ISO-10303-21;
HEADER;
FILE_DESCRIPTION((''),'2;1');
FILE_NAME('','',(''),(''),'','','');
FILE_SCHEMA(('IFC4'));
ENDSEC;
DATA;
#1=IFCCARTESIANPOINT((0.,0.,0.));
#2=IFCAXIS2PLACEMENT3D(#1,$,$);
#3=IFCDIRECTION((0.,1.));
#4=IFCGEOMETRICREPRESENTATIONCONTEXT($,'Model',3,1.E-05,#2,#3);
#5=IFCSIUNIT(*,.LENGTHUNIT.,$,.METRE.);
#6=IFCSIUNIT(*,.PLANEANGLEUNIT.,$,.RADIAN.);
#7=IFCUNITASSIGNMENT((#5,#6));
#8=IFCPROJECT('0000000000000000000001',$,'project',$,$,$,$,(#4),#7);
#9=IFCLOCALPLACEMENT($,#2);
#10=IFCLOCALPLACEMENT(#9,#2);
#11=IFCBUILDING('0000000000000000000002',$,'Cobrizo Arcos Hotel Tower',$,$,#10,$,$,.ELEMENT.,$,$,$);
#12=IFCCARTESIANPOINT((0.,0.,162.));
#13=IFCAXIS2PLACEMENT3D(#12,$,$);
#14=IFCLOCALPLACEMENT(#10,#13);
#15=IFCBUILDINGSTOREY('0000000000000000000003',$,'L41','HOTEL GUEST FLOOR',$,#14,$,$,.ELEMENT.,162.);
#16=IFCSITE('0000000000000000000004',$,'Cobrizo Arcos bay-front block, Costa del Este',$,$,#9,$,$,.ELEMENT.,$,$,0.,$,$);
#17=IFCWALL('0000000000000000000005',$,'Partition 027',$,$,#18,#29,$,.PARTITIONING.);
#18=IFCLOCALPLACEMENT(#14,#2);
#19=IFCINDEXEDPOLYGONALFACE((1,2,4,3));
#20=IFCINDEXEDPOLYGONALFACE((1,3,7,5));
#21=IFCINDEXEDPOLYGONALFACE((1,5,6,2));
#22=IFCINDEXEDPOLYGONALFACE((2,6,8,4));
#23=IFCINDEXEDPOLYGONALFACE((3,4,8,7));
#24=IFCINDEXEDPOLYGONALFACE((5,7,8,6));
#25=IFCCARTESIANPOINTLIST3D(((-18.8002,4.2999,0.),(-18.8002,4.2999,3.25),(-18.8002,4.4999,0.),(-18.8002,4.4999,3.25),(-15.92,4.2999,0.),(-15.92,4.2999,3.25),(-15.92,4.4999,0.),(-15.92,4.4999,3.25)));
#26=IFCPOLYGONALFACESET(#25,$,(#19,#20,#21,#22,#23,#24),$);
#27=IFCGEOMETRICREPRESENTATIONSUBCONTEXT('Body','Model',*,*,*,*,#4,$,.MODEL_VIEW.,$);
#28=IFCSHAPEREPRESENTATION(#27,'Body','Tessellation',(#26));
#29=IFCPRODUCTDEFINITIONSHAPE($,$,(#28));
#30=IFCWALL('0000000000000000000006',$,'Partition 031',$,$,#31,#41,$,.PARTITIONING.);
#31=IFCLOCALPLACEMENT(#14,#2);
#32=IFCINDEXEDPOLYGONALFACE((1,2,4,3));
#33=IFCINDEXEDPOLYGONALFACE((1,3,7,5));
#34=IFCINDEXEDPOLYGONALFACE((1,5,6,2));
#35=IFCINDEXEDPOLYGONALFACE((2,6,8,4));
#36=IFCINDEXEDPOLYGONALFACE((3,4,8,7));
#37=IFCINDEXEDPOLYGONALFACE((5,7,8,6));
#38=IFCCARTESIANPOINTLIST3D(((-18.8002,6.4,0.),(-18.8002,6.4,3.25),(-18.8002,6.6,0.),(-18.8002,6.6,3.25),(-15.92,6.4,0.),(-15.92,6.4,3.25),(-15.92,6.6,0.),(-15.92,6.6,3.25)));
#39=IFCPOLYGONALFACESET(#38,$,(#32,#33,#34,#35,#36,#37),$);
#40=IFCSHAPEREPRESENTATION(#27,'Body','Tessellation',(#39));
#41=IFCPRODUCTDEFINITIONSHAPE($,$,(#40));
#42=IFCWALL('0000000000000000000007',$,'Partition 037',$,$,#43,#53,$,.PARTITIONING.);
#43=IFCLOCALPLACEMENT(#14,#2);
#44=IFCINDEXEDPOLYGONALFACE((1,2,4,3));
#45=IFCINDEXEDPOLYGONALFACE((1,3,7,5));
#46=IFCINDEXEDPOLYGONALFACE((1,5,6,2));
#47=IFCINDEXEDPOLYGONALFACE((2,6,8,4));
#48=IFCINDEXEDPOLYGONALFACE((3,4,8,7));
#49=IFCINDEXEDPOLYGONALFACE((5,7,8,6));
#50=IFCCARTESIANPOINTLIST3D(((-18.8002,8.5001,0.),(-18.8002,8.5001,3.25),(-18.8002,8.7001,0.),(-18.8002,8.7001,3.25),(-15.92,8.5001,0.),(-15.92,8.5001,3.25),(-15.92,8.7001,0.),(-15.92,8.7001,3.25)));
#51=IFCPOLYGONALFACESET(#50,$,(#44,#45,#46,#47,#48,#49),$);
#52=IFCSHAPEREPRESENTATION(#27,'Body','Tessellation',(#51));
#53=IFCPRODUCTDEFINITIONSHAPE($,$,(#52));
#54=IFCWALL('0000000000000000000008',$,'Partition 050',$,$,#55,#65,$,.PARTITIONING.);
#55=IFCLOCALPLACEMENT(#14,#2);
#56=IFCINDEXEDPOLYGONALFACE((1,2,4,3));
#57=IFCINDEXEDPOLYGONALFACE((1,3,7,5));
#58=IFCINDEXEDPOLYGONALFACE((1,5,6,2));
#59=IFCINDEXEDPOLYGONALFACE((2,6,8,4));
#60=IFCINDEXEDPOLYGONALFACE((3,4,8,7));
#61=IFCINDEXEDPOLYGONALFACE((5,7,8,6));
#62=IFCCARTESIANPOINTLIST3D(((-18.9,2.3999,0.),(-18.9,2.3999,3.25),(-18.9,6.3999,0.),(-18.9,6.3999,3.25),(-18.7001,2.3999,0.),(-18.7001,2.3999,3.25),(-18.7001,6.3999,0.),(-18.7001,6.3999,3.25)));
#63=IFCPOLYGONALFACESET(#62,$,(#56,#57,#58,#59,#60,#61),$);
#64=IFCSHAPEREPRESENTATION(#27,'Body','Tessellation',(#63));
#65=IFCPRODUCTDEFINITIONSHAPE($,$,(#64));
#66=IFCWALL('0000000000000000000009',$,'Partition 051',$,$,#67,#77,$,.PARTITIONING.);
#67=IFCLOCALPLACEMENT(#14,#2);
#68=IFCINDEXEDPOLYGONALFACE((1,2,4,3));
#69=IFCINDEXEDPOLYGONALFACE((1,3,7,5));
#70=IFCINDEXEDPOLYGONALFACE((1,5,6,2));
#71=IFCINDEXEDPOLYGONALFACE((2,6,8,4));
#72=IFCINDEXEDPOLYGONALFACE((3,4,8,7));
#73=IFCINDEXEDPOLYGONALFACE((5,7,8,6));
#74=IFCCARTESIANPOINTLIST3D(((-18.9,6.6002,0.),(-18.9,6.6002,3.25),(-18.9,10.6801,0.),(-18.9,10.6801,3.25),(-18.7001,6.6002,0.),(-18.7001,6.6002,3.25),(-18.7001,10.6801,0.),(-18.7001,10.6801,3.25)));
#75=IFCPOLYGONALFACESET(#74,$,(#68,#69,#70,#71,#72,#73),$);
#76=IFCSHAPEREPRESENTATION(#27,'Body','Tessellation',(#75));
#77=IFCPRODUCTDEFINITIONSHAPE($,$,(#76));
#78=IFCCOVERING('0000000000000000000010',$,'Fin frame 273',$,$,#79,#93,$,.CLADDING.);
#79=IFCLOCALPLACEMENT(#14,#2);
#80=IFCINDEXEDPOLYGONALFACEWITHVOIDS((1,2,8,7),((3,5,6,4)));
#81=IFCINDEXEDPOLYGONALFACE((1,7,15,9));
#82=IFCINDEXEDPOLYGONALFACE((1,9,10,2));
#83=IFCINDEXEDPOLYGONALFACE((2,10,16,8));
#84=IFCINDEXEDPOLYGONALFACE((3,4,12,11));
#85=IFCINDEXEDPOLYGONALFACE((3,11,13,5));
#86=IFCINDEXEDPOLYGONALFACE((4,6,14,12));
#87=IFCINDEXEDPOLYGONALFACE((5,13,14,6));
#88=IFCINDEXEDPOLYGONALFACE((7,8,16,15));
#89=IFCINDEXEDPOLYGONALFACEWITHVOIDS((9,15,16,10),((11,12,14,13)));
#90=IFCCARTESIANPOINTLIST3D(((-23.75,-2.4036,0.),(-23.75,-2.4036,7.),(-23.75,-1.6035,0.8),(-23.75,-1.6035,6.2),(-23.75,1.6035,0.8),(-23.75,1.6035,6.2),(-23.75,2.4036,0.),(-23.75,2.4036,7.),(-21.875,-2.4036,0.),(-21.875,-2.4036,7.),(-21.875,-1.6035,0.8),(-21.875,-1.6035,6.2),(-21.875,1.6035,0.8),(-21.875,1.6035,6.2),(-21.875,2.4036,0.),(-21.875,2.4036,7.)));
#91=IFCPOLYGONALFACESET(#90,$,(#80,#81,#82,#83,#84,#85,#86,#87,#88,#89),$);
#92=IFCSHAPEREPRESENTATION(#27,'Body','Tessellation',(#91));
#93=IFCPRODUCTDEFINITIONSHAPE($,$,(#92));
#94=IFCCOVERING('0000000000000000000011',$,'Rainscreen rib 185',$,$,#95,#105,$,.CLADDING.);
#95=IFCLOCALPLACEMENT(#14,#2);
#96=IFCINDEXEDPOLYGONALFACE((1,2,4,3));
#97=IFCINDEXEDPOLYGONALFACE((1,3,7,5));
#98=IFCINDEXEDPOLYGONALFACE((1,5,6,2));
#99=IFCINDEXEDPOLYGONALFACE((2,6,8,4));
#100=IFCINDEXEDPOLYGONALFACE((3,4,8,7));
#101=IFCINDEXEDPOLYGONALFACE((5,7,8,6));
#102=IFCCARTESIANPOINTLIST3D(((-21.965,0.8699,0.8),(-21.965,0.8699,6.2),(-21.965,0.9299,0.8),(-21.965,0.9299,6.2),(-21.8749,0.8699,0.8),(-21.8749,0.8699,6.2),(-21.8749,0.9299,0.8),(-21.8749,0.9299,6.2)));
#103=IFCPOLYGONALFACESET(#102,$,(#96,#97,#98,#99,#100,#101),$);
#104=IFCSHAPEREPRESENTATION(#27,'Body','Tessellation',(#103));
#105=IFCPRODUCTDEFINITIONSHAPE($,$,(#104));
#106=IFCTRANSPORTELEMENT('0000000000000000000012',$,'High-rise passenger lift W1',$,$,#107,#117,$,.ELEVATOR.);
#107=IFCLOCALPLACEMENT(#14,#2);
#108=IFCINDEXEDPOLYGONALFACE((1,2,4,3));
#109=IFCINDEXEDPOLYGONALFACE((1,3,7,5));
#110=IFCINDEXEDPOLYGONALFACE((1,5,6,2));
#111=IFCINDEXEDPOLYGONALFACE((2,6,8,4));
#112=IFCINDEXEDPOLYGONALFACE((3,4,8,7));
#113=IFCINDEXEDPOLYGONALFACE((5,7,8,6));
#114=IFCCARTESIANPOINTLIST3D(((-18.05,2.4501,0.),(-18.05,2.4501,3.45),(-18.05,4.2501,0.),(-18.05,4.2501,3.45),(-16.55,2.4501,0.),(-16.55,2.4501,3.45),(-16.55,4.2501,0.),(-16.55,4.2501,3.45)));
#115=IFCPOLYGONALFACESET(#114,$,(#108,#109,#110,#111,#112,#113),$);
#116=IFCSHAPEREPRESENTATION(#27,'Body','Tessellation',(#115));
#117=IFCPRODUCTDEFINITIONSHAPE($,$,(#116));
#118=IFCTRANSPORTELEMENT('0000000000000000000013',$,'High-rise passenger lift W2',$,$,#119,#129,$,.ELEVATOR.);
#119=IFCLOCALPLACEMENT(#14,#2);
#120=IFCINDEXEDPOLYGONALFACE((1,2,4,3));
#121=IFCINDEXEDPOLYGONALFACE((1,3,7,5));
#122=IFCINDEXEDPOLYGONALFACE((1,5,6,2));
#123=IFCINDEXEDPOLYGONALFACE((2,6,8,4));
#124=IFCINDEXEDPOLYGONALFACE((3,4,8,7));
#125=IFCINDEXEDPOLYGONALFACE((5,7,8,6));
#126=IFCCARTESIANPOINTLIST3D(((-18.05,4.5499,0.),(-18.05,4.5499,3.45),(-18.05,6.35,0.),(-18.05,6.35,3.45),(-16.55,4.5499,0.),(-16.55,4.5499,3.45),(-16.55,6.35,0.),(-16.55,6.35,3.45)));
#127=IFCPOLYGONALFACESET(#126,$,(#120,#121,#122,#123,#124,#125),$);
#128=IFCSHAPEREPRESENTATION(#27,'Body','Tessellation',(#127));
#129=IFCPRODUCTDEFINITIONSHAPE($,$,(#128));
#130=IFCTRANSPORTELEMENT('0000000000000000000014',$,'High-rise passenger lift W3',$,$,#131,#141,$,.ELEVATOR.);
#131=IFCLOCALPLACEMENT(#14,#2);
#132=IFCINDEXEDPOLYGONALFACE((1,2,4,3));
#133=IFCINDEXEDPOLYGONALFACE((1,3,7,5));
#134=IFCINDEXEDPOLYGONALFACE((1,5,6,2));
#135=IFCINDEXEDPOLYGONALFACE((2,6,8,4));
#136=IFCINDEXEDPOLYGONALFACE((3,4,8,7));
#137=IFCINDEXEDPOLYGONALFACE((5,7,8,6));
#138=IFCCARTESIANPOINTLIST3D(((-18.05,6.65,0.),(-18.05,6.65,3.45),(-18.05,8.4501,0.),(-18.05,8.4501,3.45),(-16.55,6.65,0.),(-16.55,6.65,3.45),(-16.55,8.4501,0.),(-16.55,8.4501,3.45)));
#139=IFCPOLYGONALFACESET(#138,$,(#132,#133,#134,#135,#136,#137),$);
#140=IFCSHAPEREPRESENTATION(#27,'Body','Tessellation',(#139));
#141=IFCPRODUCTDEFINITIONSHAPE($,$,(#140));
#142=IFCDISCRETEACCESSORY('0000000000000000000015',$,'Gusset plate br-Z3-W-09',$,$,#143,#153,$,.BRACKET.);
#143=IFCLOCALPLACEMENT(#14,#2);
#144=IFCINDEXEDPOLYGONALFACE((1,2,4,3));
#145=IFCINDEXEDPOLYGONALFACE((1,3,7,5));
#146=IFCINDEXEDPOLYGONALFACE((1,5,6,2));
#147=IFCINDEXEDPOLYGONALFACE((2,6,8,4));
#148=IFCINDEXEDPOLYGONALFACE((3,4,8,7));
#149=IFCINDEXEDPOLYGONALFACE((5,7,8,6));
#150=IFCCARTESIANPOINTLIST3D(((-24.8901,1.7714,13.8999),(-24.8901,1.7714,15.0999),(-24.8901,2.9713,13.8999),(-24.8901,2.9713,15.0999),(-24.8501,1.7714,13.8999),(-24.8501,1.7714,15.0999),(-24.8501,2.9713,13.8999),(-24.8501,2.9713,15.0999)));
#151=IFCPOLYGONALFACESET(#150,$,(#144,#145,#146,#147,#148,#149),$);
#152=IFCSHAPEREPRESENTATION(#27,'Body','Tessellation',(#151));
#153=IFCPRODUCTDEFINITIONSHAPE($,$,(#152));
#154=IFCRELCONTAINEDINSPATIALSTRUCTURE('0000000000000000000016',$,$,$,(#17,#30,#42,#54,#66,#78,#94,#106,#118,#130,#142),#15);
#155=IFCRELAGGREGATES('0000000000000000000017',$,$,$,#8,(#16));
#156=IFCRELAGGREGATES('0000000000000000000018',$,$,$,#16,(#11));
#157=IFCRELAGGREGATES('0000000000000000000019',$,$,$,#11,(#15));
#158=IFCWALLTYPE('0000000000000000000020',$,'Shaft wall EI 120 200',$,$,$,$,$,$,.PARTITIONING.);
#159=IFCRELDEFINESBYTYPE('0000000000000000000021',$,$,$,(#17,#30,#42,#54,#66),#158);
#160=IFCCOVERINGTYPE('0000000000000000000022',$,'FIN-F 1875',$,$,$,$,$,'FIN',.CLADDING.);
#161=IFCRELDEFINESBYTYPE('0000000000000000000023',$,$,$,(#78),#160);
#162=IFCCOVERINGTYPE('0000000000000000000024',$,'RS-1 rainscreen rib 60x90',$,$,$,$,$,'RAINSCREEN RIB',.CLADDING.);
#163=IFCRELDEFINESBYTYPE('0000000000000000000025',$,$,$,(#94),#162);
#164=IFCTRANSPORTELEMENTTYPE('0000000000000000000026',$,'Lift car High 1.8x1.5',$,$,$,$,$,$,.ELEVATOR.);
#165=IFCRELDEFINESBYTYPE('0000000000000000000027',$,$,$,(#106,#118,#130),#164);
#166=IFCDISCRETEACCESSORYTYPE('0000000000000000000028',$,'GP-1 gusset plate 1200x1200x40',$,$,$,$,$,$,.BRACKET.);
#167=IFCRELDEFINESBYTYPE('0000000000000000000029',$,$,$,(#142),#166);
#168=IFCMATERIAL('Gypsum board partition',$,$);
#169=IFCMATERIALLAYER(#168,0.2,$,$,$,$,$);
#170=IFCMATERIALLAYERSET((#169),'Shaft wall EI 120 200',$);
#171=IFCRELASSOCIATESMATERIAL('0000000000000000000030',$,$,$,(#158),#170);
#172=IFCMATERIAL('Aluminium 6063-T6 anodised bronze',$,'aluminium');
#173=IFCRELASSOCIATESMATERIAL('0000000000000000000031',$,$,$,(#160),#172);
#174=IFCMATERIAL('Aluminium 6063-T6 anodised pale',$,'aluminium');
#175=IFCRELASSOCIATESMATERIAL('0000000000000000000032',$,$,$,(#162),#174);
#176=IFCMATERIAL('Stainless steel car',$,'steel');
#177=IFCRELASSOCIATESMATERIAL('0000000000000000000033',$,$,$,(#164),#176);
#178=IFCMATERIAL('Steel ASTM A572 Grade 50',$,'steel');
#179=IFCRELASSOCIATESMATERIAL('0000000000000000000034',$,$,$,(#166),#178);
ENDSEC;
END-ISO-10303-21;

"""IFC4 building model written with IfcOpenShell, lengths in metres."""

from ifc_helpers import new_model, si_unit, direction, frame, frame_2d, origin, origin_2d, place, context, subcontext, project, spatial, polyline, rectangle, outline, extrude, material, layer, layer_set, type_object, element, save


model = new_model("IFC4")

# Units and contexts
model_context = context("Model", 3, precision=1e-05, world=origin(), true_north=direction((0.0, 1.0)))
body_context = subcontext(model_context, "Body", "Model", "MODEL_VIEW")
ifc_project = project(units=[si_unit("LENGTHUNIT", "METRE"), si_unit("PLANEANGLEUNIT", "RADIAN")], contexts=[model_context])

# Site, building, storey
site_placement = place(None, origin())
site = spatial("IfcSite", under=ifc_project, at=site_placement, Name="Cobrizo Arcos bay-front block, Costa del Este", CompositionType="ELEMENT", RefElevation=0.0)
building_placement = place(site_placement, origin())
building = spatial("IfcBuilding", under=site, at=building_placement, Name="Cobrizo Arcos Hotel Tower", CompositionType="ELEMENT")
storey_placement = place(building_placement, frame((0.0, 0.0, 162.0)))
storey = spatial("IfcBuildingStorey", under=building, at=storey_placement, Name="L41", Description="HOTEL GUEST FLOOR", CompositionType="ELEMENT", Elevation=162.0)

# Shared definitions
ifc_material_1 = material(Name="Aluminium 6063-T6 anodised bronze", Category="aluminium")

# Shared definitions
ifc_material_2 = material(Name="Gypsum board partition")

# Shared definitions
ifc_layer_1 = layer(ifc_material_2, 0.2)
ifc_layer_set_1 = layer_set([ifc_layer_1], Name="Shaft wall EI 120 200")
wall_type_1 = type_object("IfcWallType", Name="Shaft wall EI 120 200", PredefinedType="PARTITIONING", material=ifc_layer_set_1)

# Walls
for number, where, z_axis, x_axis, name in (
    (1, (-18.8, 4.3999, 0.0), (0.0, 0.0, 1.0), (1.0, 0.0, 0.0), "Partition 027"),
    (2, (-18.8, 6.5, 0.0), (0.0, 0.0, 1.0), (1.0, 0.0, 0.0), "Partition 031"),
    (3, (-18.8, 8.6001, 0.0), (0.0, 0.0, 1.0), (1.0, 0.0, 0.0), "Partition 037"),
):
    element("IfcWall", number, at=place(storey_placement, frame(where, z_axis=z_axis, x_axis=x_axis)), inside=storey, type_object=wall_type_1, Name=name, PredefinedType="PARTITIONING", context=body_context, shape_type="SweptSolid", body=[
        extrude(rectangle(XDim=2.8801, YDim=0.2, at=frame_2d((1.4399, 0.0))), origin(), (0.0, 0.0, 1.0), 3.25),
    ])
wall_1_placement = place(storey_placement, frame((-18.8, 2.3999, 0.0), z_axis=(0.0, 0.0, 1.0), x_axis=(0.0, 1.0, 0.0)))
element("IfcWall", 4, at=wall_1_placement, inside=storey, type_object=wall_type_1, Name="Partition 050", PredefinedType="PARTITIONING", context=body_context, shape_type="SweptSolid", body=[
    extrude(rectangle(XDim=4.0, YDim=0.2, at=frame_2d((2.0, 0.0))), origin(), (0.0, 0.0, 1.0), 3.25),
])
wall_2_placement = place(storey_placement, frame((-18.8, 6.6001, 0.0), z_axis=(0.0, 0.0, 1.0), x_axis=(0.0, 1.0, 0.0)))
element("IfcWall", 5, at=wall_2_placement, inside=storey, type_object=wall_type_1, Name="Partition 051", PredefinedType="PARTITIONING", context=body_context, shape_type="SweptSolid", body=[
    extrude(rectangle(XDim=4.0798, YDim=0.2, at=frame_2d((2.04, 0.0))), origin(), (0.0, 0.0, 1.0), 3.25),
])

# Coverings
covering_type_1 = type_object("IfcCoveringType", Name="FIN-F 1875", ElementType="FIN", PredefinedType="CLADDING", material=ifc_material_1)
covering_1_placement = place(storey_placement, frame((-21.875, 2.4036, 0.0), z_axis=(-1.0, 0.0, 0.0), x_axis=(0.0, -1.0, 0.0)))
element("IfcCovering", 6, at=covering_1_placement, inside=storey, type_object=covering_type_1, Name="Fin frame 273", PredefinedType="CLADDING", context=body_context, shape_type="SweptSolid", body=[
    extrude(outline(polyline([(0.0, 7.0), (0.0, 0.0), (4.8071, 0.0), (4.8071, 7.0), (0.0, 7.0)]), holes=[polyline([(4.0071, 0.8), (0.8, 0.8), (0.8, 6.2), (4.0071, 6.2), (4.0071, 0.8)])]), origin(), (0.0, 0.0, 1.0), 1.875),
])
ifc_material_3 = material(Name="Aluminium 6063-T6 anodised pale", Category="aluminium")
covering_type_2 = type_object("IfcCoveringType", Name="RS-1 rainscreen rib 60x90", ElementType="RAINSCREEN RIB", PredefinedType="CLADDING", material=ifc_material_3)
covering_2_placement = place(storey_placement, frame((-21.9199, 0.8999, 0.8), z_axis=(0.0, 0.0, 1.0), x_axis=(0.0, -1.0, 0.0)))
element("IfcCovering", 7, at=covering_2_placement, inside=storey, type_object=covering_type_2, Name="Rainscreen rib 185", PredefinedType="CLADDING", context=body_context, shape_type="SweptSolid", body=[
    extrude(rectangle(XDim=0.0601, YDim=0.0901, at=origin_2d()), origin(), (0.0, 0.0, 1.0), 5.3999),
])

# Transport elements
ifc_material_4 = material(Name="Stainless steel car", Category="steel")
transport_element_type = type_object("IfcTransportElementType", Name="Lift car High 1.8x1.5", PredefinedType="ELEVATOR", material=ifc_material_4)
for number, where, z_axis, x_axis, name in (
    (8, (-17.3, 3.3501, 0.0), (0.0, 0.0, 1.0), (1.0, 0.0, 0.0), "High-rise passenger lift W1"),
    (9, (-17.3, 5.45, 0.0), (0.0, 0.0, 1.0), (1.0, 0.0, 0.0), "High-rise passenger lift W2"),
    (10, (-17.3, 7.55, 0.0), (0.0, 0.0, 1.0), (1.0, 0.0, 0.0), "High-rise passenger lift W3"),
):
    element("IfcTransportElement", number, at=place(storey_placement, frame(where, z_axis=z_axis, x_axis=x_axis)), inside=storey, type_object=transport_element_type, Name=name, PredefinedType="ELEVATOR", context=body_context, shape_type="SweptSolid", body=[
        extrude(rectangle(XDim=1.5, YDim=1.8, at=origin_2d()), origin(), (0.0, 0.0, 1.0), 3.45),
    ])

# Discrete accessory
ifc_material_5 = material(Name="Steel ASTM A572 Grade 50", Category="steel")
discrete_accessory_type = type_object("IfcDiscreteAccessoryType", Name="GP-1 gusset plate 1200x1200x40", PredefinedType="BRACKET", material=ifc_material_5)
discrete_accessory_placement = place(storey_placement, frame((-24.8701, 2.3713, 13.8999), z_axis=(0.0, 0.0, 1.0), x_axis=(1.0, 0.0, 0.0)))
element("IfcDiscreteAccessory", 11, at=discrete_accessory_placement, inside=storey, type_object=discrete_accessory_type, Name="Gusset plate br-Z3-W-09", PredefinedType="BRACKET", context=body_context, shape_type="SweptSolid", body=[
    extrude(rectangle(XDim=0.04, YDim=1.2, at=origin_2d()), origin(), (0.0, 0.0, 1.0), 1.2),
])

save(model, "model.ifc")
